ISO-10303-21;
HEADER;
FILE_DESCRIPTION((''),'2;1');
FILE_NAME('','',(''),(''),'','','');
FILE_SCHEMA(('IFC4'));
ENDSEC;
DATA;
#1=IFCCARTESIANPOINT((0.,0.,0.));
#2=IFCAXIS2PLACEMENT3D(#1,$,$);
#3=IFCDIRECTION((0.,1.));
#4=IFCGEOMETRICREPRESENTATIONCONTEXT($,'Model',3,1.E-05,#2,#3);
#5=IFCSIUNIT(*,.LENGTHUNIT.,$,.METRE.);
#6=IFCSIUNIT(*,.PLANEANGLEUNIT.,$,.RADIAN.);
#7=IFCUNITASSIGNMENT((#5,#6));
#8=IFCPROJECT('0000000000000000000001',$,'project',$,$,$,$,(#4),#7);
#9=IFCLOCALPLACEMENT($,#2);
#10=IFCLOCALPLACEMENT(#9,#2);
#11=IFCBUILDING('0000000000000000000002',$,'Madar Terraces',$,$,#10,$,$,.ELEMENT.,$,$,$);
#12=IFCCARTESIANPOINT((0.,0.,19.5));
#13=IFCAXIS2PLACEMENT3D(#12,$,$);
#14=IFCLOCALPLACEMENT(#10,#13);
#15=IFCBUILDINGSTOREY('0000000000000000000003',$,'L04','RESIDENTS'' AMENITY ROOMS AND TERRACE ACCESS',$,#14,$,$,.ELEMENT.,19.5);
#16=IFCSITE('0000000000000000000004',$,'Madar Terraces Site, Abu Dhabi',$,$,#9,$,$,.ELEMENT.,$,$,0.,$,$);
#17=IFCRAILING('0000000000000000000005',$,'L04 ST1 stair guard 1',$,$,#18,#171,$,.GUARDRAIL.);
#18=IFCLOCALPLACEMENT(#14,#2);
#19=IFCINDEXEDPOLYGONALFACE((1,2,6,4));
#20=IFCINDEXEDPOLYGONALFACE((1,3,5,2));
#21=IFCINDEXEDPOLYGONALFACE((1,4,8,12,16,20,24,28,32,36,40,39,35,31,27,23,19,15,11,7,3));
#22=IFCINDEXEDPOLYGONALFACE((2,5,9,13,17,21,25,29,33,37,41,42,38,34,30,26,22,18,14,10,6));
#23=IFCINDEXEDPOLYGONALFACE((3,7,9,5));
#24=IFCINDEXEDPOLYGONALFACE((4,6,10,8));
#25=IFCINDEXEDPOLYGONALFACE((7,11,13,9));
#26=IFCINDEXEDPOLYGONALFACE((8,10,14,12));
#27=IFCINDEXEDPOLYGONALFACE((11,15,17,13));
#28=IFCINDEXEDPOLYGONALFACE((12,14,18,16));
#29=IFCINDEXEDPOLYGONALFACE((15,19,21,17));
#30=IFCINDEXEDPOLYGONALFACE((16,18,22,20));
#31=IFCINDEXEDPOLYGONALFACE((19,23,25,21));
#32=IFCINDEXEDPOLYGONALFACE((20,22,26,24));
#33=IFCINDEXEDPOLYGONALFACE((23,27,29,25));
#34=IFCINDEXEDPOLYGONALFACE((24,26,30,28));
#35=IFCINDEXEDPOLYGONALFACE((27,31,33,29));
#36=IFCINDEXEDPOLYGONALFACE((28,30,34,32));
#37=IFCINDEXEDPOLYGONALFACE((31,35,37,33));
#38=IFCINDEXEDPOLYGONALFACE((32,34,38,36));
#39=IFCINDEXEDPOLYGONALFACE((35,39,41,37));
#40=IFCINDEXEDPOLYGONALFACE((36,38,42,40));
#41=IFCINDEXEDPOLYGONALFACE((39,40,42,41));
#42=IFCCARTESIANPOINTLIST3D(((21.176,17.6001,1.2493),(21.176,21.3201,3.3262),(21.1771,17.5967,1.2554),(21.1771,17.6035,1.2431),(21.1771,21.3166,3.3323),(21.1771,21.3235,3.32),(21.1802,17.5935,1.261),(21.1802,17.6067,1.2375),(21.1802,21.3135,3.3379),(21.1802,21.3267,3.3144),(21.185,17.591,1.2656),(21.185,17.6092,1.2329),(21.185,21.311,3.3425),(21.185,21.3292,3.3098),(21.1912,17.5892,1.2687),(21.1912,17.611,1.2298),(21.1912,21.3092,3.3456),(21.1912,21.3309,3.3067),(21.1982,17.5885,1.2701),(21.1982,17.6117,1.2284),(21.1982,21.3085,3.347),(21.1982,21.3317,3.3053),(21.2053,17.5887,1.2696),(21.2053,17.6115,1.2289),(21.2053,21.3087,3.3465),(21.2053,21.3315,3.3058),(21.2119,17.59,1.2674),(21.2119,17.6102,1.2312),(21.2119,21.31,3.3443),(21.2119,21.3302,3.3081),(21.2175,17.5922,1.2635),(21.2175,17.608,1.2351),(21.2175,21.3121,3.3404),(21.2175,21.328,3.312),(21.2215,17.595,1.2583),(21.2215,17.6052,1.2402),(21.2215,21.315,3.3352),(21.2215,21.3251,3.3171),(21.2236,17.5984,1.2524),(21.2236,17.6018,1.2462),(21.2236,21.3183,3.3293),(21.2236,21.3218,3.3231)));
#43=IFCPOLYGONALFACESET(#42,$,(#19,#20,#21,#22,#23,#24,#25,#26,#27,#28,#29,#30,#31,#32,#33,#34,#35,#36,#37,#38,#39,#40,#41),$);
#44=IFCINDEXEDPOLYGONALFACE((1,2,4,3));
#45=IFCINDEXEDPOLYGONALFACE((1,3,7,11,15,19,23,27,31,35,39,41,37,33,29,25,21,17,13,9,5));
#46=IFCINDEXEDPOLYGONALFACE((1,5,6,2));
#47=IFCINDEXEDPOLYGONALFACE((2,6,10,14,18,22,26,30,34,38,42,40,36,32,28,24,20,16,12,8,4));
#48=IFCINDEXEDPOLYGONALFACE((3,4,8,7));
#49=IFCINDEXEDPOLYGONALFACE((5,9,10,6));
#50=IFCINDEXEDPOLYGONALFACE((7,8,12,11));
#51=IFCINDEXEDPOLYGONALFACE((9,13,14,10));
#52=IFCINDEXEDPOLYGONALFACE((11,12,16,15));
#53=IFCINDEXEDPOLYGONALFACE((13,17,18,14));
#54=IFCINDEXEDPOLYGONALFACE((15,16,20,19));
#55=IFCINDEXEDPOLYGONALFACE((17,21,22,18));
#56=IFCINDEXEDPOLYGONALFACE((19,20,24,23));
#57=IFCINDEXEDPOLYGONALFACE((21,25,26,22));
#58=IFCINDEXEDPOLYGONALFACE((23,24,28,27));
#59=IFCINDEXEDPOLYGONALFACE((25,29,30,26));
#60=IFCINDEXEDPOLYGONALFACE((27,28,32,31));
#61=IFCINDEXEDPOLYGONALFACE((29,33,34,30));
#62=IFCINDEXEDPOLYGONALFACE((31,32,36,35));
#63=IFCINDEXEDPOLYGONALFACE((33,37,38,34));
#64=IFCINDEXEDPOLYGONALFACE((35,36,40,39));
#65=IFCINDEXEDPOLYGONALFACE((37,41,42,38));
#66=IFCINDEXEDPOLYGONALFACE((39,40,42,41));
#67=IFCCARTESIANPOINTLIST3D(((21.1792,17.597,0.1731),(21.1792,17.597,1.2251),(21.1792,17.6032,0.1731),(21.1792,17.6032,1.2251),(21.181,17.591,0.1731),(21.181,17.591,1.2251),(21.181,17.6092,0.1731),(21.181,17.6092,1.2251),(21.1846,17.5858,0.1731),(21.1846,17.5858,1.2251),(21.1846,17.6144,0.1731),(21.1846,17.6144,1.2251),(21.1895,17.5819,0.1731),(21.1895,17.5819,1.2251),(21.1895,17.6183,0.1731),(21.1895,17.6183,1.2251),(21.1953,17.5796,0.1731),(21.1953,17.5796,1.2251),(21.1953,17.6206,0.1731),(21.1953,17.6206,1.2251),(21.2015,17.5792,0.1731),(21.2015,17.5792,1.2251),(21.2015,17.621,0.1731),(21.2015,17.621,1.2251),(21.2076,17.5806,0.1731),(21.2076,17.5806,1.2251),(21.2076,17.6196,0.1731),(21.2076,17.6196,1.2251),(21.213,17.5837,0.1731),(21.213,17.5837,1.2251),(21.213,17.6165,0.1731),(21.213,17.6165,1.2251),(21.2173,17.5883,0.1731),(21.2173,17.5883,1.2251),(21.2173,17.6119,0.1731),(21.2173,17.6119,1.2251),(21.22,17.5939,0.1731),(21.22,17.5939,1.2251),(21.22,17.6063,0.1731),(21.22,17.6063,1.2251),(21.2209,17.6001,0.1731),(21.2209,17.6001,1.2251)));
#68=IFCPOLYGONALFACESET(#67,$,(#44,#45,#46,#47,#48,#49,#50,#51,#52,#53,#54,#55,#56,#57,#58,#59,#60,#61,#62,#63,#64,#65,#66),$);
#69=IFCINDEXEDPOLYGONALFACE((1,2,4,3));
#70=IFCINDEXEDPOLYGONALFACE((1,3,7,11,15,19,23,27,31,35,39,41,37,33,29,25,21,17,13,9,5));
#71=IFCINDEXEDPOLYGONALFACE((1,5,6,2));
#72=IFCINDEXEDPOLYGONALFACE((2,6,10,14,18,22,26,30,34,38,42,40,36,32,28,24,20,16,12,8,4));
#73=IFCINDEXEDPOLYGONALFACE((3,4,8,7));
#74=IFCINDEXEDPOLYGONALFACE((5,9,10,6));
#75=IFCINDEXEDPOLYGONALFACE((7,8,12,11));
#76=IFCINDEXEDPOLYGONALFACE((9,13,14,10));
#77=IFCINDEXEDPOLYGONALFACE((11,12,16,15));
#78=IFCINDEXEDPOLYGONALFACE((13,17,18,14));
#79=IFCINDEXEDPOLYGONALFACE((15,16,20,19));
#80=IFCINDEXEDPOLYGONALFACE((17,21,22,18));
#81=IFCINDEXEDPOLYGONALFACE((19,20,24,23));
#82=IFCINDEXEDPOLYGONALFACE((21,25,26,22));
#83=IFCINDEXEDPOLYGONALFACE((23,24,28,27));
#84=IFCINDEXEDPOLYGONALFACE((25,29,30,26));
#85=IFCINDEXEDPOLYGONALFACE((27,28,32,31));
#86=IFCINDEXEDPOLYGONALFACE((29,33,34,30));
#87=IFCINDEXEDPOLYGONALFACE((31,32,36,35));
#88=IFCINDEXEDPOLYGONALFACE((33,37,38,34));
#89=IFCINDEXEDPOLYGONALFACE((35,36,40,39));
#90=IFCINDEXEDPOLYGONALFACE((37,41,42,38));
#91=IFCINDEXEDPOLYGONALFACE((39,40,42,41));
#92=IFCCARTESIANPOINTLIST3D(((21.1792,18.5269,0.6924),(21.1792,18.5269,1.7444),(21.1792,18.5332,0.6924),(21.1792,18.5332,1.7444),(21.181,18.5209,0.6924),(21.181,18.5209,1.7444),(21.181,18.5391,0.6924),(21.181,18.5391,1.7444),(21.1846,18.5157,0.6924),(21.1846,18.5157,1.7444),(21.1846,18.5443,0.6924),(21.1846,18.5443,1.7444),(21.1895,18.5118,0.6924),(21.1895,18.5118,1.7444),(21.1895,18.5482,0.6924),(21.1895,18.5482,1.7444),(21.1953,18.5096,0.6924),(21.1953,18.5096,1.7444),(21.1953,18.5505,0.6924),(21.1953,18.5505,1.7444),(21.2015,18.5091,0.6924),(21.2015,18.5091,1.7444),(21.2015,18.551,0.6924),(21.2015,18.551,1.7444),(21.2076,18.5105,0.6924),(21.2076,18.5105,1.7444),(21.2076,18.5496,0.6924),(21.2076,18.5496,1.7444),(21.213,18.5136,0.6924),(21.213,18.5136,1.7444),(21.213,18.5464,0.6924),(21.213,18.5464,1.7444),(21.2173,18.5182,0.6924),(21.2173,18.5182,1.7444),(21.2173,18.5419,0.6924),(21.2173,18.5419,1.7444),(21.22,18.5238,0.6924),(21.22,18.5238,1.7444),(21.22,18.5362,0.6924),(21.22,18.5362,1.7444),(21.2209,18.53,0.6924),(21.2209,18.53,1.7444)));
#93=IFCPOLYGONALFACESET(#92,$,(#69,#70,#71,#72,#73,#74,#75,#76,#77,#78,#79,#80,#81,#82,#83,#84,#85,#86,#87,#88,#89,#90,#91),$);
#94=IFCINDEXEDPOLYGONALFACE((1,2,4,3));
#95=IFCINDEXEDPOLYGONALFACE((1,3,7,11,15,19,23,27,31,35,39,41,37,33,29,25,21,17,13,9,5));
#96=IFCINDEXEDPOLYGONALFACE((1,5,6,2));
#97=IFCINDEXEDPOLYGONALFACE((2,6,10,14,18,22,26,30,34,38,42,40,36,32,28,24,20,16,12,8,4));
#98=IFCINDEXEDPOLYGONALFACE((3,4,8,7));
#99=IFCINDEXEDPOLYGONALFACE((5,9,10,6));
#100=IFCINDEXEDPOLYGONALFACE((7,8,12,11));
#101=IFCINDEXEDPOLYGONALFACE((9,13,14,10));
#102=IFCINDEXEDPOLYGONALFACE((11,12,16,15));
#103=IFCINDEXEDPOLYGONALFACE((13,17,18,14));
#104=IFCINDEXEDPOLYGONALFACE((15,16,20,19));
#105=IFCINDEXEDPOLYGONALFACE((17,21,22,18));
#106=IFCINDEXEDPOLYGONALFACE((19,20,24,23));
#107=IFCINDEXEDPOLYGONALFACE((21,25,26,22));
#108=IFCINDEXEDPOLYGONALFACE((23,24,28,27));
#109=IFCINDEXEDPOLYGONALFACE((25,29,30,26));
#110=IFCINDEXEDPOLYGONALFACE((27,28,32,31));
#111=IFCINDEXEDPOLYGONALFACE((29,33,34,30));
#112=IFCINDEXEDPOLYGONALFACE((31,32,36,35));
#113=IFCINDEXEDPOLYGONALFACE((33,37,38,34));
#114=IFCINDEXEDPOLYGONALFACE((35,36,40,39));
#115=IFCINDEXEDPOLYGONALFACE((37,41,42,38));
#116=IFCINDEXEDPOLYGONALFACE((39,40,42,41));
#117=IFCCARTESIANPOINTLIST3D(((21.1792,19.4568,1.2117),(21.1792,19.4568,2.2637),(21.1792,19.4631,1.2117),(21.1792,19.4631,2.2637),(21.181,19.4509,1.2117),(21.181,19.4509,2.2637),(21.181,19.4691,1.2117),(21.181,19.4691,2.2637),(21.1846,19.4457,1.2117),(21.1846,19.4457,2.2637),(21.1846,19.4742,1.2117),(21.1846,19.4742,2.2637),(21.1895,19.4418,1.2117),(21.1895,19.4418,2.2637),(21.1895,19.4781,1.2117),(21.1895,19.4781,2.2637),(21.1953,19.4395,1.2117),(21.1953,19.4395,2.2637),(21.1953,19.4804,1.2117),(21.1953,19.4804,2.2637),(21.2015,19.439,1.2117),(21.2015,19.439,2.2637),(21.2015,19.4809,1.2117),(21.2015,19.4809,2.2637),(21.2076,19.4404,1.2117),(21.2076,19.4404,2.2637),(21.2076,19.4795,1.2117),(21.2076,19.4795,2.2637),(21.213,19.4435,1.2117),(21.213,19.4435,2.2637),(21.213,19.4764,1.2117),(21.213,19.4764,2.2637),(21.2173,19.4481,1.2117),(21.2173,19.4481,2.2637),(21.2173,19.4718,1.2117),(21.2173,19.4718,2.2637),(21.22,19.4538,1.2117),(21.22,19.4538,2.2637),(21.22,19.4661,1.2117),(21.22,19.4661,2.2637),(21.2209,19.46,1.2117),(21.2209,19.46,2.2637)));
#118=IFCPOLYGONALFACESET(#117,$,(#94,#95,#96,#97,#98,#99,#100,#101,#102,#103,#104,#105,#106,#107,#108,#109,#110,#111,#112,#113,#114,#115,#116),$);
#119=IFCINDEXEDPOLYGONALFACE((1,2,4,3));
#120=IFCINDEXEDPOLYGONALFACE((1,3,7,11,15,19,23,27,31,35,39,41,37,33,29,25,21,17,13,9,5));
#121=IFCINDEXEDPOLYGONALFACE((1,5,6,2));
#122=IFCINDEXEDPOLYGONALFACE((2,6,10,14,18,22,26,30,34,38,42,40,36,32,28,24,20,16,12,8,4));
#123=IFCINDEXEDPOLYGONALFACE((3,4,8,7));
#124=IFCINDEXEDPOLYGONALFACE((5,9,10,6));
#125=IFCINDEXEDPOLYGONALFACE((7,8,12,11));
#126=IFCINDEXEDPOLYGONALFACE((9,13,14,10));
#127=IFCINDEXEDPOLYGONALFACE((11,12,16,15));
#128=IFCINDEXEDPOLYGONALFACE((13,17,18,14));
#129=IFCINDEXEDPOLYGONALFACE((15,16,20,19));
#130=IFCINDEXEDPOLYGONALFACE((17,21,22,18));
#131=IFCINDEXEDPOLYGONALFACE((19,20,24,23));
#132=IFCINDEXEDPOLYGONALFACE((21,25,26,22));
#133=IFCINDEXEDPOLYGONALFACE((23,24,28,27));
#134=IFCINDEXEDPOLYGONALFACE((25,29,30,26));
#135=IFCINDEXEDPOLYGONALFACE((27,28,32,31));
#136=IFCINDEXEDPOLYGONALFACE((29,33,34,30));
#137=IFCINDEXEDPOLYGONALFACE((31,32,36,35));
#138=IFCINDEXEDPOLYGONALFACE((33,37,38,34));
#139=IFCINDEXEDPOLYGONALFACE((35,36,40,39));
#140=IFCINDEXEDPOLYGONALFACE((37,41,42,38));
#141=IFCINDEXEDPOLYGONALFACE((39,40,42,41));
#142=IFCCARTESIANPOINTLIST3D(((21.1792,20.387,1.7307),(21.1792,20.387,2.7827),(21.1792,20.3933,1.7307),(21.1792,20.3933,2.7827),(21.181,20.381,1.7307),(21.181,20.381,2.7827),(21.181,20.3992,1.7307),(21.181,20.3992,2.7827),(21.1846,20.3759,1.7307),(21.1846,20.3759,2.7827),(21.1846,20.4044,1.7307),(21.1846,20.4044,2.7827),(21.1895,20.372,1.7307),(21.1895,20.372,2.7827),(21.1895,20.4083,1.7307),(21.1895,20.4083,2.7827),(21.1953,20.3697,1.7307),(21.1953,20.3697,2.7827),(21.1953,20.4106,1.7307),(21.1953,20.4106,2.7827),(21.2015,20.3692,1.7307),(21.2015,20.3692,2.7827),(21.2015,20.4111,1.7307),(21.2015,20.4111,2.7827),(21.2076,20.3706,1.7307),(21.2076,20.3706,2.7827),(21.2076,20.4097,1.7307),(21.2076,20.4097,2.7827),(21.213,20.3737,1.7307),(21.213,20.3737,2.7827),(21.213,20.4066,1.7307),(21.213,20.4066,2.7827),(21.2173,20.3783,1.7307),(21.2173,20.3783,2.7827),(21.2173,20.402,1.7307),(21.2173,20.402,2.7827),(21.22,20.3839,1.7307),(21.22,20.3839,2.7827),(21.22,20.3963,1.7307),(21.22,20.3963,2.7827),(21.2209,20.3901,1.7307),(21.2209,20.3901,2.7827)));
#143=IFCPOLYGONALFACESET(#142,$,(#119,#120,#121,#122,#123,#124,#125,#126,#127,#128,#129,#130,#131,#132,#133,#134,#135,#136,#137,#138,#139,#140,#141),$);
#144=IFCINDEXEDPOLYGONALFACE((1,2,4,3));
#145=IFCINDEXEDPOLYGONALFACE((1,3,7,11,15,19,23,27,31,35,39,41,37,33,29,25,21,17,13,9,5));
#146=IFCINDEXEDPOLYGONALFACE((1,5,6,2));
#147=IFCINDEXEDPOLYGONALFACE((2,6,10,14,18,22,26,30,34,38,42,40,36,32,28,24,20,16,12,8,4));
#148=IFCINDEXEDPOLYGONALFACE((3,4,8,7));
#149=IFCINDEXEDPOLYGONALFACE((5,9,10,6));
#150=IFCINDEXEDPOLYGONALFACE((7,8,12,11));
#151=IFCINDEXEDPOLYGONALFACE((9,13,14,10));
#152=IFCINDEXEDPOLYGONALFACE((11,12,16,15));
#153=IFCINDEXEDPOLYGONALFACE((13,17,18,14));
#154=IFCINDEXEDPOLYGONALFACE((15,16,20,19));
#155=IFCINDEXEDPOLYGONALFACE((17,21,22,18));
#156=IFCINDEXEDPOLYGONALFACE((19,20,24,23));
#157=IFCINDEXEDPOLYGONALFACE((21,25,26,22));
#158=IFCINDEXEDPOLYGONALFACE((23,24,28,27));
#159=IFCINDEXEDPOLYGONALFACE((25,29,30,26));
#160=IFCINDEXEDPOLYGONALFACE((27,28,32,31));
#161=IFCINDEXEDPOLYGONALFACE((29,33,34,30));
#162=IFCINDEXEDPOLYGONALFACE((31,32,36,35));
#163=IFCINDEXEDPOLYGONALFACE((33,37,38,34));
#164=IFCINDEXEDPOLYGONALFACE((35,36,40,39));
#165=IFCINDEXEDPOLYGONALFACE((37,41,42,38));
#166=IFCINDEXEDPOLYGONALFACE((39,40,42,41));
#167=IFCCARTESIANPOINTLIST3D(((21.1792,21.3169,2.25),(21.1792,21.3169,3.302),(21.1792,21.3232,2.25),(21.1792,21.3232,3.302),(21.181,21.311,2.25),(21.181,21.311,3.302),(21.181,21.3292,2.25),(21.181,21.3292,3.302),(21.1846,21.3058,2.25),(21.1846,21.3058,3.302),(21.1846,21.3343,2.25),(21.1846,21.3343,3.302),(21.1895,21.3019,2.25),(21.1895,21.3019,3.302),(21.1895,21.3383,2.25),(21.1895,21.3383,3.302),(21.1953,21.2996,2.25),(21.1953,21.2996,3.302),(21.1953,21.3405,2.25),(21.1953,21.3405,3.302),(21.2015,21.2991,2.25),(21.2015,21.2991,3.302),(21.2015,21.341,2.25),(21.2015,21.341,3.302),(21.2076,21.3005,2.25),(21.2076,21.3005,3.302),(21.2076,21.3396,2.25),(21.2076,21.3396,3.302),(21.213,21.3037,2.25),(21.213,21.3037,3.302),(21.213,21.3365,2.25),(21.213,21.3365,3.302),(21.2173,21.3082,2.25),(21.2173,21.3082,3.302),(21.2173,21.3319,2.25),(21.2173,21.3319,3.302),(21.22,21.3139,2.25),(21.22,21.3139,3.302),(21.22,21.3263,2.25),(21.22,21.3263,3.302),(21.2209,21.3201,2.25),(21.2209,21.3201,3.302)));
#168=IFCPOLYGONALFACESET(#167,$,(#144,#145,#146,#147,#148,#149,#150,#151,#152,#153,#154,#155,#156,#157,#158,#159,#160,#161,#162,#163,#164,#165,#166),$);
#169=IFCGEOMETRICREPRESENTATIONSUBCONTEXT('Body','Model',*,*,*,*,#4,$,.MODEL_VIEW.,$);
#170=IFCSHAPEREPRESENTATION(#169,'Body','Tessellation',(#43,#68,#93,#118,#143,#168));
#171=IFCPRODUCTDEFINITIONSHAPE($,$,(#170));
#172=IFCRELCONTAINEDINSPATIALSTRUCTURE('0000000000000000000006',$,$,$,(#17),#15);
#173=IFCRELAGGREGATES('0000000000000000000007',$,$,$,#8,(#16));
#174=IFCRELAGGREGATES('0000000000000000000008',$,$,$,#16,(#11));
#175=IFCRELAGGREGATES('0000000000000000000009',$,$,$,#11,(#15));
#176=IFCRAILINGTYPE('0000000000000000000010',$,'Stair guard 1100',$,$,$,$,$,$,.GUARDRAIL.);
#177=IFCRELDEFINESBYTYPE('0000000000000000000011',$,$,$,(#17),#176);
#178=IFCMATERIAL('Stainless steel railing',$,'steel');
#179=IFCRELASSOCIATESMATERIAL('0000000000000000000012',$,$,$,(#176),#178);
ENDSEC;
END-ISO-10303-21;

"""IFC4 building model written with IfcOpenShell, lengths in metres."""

from ifc_helpers import new_model, si_unit, direction, frame, origin, origin_2d, place, context, subcontext, project, spatial, circle, extrude, material, type_object, element, save


model = new_model("IFC4")

# Units and contexts
model_context = context("Model", 3, precision=1e-05, world=origin(), true_north=direction((0.0, 1.0)))
body_context = subcontext(model_context, "Body", "Model", "MODEL_VIEW")
ifc_project = project(units=[si_unit("LENGTHUNIT", "METRE"), si_unit("PLANEANGLEUNIT", "RADIAN")], contexts=[model_context])

# Site, building, storey
site_placement = place(None, origin())
site = spatial("IfcSite", under=ifc_project, at=site_placement, Name="Madar Terraces Site, Abu Dhabi", CompositionType="ELEMENT", RefElevation=0.0)
building_placement = place(site_placement, origin())
building = spatial("IfcBuilding", under=site, at=building_placement, Name="Madar Terraces", CompositionType="ELEMENT")
storey_placement = place(building_placement, frame((0.0, 0.0, 19.5)))
storey = spatial("IfcBuildingStorey", under=building, at=storey_placement, Name="L04", Description="RESIDENTS' AMENITY ROOMS AND TERRACE ACCESS", CompositionType="ELEMENT", Elevation=19.5)

# Railing
ifc_material_1 = material(Name="Stainless steel railing", Category="steel")
railing_type_1 = type_object("IfcRailingType", Name="Stair guard 1100", PredefinedType="GUARDRAIL", material=ifc_material_1)
railing_1_placement = place(storey_placement, frame((21.2, 17.6001, 0.1731)))
element("IfcRailing", 1, at=railing_1_placement, inside=storey, type_object=railing_type_1, Name="L04 ST1 stair guard 1", PredefinedType="GUARDRAIL", context=body_context, shape_type="SweptSolid", body=[
    extrude(circle(Radius=0.0239, at=origin_2d()), frame((0.0, 0.0, 1.0762), z_axis=(0.0, 0.873134, 0.487481), x_axis=(-1.0, 0.0, 0.0)), (0.0, 0.0, 1.0), 4.2605),
    extrude(circle(Radius=0.021, at=origin_2d()), origin(), (0.0, 0.0, 1.0), 1.052),
    extrude(circle(Radius=0.021, at=origin_2d()), frame((0.0, 0.9299, 0.5193)), (0.0, 0.0, 1.0), 1.052),
    extrude(circle(Radius=0.021, at=origin_2d()), frame((0.0, 1.8599, 1.0386)), (0.0, 0.0, 1.0), 1.052),
    extrude(circle(Radius=0.021, at=origin_2d()), frame((0.0, 2.79, 1.5576)), (0.0, 0.0, 1.0), 1.052),
    extrude(circle(Radius=0.021, at=origin_2d()), frame((0.0, 3.72, 2.0769)), (0.0, 0.0, 1.0), 1.052),
])

save(model, "model.ifc")
